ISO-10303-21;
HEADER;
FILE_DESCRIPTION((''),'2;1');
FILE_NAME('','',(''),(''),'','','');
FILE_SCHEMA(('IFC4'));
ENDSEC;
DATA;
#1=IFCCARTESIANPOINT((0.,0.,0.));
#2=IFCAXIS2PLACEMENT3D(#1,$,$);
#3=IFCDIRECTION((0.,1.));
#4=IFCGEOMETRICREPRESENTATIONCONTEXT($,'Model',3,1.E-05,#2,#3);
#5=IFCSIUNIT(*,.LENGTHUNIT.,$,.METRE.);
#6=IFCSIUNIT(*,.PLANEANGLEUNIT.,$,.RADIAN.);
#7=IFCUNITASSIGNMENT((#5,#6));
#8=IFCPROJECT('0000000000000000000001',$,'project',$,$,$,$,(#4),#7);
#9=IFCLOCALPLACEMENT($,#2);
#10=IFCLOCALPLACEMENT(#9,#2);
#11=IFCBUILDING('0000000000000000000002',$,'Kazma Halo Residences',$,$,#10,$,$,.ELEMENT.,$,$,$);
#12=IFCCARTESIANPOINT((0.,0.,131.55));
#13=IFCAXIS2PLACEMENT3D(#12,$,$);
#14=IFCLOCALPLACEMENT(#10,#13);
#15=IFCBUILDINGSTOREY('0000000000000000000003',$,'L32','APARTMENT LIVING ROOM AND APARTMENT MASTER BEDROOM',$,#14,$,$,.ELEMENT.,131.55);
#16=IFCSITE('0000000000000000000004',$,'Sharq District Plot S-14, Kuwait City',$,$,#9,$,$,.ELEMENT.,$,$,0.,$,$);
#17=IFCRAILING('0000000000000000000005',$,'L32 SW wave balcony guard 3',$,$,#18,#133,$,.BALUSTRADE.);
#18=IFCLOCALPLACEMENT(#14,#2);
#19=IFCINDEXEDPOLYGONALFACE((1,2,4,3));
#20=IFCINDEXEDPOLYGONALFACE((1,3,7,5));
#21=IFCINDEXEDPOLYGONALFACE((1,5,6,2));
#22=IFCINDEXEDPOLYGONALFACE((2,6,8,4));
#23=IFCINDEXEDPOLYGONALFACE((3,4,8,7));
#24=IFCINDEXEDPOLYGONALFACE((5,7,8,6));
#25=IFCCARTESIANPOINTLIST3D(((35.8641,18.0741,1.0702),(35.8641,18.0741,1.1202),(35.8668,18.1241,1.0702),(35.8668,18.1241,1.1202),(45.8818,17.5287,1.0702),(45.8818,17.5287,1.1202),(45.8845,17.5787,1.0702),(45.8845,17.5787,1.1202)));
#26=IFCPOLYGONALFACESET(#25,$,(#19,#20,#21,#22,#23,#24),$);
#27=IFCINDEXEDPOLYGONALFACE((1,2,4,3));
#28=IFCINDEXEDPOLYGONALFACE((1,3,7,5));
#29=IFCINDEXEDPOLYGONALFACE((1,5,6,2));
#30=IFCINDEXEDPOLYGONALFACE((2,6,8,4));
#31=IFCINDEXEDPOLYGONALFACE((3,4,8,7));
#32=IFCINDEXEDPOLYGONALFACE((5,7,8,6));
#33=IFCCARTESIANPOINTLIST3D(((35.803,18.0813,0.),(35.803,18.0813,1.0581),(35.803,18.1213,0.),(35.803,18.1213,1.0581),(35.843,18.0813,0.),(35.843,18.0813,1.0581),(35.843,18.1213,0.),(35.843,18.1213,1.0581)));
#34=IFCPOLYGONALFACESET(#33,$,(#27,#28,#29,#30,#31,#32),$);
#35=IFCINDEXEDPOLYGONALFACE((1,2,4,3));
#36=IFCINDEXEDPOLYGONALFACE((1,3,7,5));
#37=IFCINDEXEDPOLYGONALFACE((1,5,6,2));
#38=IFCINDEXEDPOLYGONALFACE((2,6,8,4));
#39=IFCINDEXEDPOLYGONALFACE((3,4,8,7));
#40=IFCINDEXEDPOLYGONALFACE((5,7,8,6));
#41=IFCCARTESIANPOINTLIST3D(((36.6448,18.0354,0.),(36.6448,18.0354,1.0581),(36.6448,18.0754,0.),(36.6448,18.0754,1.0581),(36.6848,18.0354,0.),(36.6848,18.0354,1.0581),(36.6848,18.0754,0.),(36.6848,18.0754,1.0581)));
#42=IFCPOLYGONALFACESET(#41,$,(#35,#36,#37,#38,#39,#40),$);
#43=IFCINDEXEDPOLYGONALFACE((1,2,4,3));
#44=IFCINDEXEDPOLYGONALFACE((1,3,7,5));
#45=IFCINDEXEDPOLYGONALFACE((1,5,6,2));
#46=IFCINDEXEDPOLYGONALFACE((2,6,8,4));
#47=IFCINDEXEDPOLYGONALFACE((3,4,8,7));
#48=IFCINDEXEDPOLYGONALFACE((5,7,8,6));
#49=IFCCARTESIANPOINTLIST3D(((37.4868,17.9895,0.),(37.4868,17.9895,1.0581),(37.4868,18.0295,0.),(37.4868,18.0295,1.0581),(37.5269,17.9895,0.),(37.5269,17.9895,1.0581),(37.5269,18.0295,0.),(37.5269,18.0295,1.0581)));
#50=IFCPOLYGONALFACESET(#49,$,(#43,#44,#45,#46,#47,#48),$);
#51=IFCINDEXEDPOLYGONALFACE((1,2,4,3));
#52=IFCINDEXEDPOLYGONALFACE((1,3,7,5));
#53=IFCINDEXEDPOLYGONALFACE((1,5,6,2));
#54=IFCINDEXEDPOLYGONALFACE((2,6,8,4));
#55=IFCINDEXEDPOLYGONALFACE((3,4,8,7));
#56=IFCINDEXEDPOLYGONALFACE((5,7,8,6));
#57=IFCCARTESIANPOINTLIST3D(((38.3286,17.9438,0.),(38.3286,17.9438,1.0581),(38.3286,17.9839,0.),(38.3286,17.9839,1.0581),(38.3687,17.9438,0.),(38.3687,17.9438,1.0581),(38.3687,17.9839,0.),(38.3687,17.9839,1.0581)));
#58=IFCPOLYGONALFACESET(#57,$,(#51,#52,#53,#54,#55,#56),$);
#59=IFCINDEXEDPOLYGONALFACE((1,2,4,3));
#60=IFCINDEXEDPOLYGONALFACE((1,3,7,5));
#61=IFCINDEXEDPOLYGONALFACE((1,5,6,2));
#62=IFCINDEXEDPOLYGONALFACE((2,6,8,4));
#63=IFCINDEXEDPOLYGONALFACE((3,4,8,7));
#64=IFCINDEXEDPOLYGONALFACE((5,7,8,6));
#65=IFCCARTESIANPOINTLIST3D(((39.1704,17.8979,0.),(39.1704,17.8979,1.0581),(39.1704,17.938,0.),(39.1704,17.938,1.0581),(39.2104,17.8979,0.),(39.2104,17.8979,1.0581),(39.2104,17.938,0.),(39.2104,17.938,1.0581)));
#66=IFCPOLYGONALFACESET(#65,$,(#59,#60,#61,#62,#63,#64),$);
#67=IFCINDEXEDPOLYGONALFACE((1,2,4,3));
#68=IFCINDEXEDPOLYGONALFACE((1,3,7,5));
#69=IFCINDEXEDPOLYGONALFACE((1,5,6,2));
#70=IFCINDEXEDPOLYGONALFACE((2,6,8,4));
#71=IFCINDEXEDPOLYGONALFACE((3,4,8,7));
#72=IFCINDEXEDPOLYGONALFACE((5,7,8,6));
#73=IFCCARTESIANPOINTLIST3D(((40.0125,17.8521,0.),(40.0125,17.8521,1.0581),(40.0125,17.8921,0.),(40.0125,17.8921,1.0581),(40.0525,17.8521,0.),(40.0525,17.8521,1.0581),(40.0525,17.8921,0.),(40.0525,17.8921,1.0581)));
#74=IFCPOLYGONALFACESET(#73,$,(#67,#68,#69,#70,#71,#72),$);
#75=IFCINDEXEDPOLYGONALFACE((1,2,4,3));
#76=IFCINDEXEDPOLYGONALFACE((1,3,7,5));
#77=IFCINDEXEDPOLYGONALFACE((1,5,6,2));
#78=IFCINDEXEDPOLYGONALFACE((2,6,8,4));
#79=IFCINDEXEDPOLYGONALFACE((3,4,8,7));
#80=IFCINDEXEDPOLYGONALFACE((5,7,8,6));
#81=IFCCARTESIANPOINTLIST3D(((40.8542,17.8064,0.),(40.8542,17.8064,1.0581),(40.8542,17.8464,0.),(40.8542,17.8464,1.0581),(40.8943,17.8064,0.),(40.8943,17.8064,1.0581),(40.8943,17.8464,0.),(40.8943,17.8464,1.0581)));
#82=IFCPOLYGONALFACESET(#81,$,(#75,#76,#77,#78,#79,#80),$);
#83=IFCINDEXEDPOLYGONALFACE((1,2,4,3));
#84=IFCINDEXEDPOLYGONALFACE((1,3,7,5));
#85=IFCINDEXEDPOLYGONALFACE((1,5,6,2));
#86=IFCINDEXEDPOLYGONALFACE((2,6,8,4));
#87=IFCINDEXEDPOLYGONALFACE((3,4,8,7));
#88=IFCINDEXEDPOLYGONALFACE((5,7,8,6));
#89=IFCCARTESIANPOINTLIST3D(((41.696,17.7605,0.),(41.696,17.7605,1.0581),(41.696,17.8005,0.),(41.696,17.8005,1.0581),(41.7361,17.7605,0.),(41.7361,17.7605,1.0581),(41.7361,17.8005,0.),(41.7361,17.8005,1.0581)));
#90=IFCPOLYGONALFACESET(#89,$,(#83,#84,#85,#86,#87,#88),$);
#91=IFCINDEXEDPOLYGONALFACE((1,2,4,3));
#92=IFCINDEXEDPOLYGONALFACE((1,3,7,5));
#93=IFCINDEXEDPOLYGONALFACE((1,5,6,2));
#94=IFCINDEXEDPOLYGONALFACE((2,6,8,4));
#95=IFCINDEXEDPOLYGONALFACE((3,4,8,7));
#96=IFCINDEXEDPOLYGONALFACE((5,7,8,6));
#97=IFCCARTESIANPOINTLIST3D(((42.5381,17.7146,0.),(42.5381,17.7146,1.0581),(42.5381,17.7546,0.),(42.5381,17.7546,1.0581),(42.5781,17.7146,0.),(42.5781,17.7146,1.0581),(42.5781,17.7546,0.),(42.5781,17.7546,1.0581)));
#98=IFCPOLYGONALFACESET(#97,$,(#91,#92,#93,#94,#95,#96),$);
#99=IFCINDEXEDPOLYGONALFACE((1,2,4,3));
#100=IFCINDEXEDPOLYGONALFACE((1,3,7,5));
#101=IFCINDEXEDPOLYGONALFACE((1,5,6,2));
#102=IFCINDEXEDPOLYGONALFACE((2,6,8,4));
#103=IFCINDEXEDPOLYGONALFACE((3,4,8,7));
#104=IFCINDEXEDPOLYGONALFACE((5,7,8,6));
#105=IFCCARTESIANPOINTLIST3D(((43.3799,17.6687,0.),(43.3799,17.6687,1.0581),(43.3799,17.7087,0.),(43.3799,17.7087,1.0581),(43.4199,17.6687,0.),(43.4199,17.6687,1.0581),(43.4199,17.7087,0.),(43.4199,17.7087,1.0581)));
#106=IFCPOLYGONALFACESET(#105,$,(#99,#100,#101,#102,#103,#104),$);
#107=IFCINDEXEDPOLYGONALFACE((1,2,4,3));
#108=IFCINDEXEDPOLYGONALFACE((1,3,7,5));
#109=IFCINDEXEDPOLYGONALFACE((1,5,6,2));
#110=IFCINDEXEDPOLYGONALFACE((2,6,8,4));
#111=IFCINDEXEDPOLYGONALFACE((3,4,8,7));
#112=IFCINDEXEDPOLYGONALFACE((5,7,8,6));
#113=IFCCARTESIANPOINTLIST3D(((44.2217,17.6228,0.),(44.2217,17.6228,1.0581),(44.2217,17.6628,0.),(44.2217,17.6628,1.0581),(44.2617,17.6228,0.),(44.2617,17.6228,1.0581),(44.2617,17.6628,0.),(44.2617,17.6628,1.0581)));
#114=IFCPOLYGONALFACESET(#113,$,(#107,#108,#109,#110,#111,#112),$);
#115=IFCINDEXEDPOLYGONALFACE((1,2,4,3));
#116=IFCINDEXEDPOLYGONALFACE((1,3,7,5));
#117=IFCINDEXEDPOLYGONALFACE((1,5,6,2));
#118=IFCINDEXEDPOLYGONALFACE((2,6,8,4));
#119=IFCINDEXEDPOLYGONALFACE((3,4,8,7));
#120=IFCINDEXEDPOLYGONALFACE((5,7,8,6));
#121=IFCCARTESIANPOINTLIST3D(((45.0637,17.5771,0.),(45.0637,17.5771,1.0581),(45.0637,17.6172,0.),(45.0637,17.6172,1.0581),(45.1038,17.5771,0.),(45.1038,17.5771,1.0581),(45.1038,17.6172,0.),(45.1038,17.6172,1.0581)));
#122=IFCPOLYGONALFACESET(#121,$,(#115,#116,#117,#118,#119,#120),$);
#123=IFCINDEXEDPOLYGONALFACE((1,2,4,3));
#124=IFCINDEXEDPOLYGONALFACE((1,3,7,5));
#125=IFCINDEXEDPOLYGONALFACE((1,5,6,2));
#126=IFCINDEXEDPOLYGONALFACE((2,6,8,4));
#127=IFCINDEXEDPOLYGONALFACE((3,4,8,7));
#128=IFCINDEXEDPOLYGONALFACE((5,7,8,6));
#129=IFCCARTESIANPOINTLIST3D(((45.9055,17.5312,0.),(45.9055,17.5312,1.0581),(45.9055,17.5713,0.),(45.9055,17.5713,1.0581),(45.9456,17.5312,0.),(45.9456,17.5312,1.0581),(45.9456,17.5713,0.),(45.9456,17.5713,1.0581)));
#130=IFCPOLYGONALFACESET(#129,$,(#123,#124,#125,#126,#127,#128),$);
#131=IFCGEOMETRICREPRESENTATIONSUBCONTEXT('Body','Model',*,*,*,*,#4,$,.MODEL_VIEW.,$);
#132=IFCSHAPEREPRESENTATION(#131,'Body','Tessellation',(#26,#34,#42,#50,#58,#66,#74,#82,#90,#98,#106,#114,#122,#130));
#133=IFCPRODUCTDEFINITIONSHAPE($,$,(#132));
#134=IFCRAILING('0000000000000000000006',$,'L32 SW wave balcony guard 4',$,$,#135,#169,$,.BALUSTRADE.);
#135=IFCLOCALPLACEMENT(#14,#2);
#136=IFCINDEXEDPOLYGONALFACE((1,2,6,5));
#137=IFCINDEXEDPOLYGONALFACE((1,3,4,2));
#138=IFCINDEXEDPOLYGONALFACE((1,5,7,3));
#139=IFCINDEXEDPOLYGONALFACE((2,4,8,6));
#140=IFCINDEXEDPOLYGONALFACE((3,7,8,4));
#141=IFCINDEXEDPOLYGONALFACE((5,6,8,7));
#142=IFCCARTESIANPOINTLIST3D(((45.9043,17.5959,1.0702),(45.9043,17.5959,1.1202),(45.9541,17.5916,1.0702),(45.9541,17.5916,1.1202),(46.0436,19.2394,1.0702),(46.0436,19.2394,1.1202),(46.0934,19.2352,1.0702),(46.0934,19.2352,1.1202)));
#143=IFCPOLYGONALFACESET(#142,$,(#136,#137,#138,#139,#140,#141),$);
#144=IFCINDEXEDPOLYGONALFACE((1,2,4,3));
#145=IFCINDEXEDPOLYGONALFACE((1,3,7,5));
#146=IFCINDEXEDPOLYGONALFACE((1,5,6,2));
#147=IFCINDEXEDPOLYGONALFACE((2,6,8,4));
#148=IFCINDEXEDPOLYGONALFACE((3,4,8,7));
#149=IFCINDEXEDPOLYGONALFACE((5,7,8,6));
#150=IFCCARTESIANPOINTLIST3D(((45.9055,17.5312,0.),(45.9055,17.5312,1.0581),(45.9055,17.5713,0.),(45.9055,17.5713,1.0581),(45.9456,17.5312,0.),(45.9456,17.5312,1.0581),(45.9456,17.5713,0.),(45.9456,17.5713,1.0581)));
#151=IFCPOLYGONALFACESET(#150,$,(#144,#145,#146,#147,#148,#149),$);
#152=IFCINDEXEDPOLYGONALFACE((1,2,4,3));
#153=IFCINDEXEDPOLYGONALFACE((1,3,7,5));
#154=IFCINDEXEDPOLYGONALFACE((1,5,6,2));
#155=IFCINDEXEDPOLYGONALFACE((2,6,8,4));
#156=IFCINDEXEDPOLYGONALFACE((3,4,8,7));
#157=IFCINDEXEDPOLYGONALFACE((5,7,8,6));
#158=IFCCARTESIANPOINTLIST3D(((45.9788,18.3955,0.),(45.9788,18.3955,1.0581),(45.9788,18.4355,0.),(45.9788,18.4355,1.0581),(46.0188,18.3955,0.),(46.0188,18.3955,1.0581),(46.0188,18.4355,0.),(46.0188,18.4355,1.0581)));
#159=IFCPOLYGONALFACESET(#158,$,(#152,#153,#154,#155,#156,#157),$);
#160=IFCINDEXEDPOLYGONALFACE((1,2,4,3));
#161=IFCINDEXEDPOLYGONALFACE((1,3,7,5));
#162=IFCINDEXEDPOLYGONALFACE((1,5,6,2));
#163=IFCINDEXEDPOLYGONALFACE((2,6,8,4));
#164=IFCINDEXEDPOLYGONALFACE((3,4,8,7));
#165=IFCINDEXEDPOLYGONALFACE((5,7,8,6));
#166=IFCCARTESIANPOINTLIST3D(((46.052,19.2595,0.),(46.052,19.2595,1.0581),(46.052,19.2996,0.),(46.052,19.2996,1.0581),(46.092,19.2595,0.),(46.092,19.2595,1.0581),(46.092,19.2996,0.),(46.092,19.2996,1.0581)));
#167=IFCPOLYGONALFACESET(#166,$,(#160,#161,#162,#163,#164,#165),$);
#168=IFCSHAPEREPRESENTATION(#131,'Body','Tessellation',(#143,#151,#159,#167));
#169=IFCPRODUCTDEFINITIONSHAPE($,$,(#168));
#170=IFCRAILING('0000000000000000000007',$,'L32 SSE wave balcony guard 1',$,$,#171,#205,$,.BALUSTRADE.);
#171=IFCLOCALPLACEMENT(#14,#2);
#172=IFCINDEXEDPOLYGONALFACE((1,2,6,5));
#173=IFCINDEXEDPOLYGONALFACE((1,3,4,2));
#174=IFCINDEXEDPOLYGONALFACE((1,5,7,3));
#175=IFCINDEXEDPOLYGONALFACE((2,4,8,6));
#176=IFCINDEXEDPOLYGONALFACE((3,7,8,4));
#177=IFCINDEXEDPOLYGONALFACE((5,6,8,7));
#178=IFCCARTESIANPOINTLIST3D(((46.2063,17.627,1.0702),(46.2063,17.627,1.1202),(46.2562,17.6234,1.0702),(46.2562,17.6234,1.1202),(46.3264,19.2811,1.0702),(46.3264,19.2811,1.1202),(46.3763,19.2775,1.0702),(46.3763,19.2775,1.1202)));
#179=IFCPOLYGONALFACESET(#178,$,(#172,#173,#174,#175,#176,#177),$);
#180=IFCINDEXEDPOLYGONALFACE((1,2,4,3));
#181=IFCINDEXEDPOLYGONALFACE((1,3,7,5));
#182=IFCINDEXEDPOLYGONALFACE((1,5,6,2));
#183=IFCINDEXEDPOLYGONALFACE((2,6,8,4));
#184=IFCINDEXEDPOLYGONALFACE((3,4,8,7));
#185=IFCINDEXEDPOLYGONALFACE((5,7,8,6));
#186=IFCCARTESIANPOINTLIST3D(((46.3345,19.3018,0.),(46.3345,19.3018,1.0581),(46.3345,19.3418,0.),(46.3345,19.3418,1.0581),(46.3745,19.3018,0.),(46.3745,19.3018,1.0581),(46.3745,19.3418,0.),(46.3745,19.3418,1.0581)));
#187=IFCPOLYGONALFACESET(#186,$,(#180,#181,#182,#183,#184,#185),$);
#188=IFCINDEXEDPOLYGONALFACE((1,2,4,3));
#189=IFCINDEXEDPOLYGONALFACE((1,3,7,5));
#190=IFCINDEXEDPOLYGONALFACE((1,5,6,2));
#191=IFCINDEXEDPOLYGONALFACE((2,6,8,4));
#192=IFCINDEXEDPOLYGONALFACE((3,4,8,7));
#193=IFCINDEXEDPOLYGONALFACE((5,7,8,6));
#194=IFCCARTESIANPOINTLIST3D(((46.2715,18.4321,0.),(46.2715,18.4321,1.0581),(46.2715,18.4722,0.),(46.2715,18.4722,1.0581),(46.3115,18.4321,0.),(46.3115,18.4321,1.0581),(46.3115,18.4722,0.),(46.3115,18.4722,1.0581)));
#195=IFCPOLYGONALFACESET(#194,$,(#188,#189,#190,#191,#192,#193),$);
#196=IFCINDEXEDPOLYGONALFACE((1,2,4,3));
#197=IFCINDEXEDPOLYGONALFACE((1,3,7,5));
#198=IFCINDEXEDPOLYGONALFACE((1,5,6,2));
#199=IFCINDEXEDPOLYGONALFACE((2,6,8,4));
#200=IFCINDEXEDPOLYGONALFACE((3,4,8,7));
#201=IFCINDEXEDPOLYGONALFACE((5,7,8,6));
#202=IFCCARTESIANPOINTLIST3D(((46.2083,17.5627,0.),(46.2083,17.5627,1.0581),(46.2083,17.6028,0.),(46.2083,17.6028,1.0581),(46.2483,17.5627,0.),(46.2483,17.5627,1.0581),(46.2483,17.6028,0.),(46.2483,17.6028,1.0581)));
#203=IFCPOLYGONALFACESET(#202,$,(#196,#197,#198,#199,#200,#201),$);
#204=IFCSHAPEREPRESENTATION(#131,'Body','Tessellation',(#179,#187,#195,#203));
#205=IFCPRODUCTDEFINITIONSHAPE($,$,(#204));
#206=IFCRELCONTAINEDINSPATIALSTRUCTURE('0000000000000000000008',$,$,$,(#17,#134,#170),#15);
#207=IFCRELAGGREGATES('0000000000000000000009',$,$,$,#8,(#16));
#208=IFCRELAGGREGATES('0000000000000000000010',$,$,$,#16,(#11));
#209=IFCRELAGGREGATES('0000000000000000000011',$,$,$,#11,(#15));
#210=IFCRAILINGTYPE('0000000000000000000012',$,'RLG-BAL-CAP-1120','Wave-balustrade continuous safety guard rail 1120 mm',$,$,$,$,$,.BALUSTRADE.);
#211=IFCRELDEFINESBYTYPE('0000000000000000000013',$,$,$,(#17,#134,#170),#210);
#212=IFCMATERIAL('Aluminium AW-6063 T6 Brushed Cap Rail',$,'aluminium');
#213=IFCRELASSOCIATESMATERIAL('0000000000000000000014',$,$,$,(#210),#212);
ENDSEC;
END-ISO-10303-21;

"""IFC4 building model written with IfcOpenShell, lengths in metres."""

from ifc_helpers import new_model, si_unit, direction, frame, origin, origin_2d, place, context, subcontext, project, spatial, rectangle, extrude, material, type_object, element, save


model = new_model("IFC4")

# Units and contexts
model_context = context("Model", 3, precision=1e-05, world=origin(), true_north=direction((0.0, 1.0)))
body_context = subcontext(model_context, "Body", "Model", "MODEL_VIEW")
ifc_project = project(units=[si_unit("LENGTHUNIT", "METRE"), si_unit("PLANEANGLEUNIT", "RADIAN")], contexts=[model_context])

# Site, building, storey
site_placement = place(None, origin())
site = spatial("IfcSite", under=ifc_project, at=site_placement, Name="Sharq District Plot S-14, Kuwait City", CompositionType="ELEMENT", RefElevation=0.0)
building_placement = place(site_placement, origin())
building = spatial("IfcBuilding", under=site, at=building_placement, Name="Kazma Halo Residences", CompositionType="ELEMENT")
storey_placement = place(building_placement, frame((0.0, 0.0, 131.55)))
storey = spatial("IfcBuildingStorey", under=building, at=storey_placement, Name="L32", Description="APARTMENT LIVING ROOM AND APARTMENT MASTER BEDROOM", CompositionType="ELEMENT", Elevation=131.55)

# Railings
ifc_material_1 = material(Name="Aluminium AW-6063 T6 Brushed Cap Rail", Category="aluminium")
railing_type = type_object("IfcRailingType", Name="RLG-BAL-CAP-1120", Description="Wave-balustrade continuous safety guard rail 1120 mm", PredefinedType="BALUSTRADE", material=ifc_material_1)
railing_1_placement = place(storey_placement, frame((35.823, 18.1013, 0.0)))
element("IfcRailing", 1, at=railing_1_placement, inside=storey, type_object=railing_type, Name="L32 SW wave balcony guard 3", PredefinedType="BALUSTRADE", context=body_context, shape_type="SweptSolid", body=[
    extrude(rectangle(XDim=0.05, YDim=0.05, at=origin_2d()), frame((0.0425, -0.0022, 1.0952), z_axis=(0.998521, -0.054366, 0.0), x_axis=(0.054366, 0.998521, 0.0)), (0.0, 0.0, 1.0), 10.0325),
    extrude(rectangle(XDim=0.04, YDim=0.04, at=origin_2d()), origin(), (0.0, 0.0, 1.0), 1.0581),
    extrude(rectangle(XDim=0.04, YDim=0.04, at=origin_2d()), frame((0.8418, -0.0459, 0.0)), (0.0, 0.0, 1.0), 1.0581),
    extrude(rectangle(XDim=0.04, YDim=0.04, at=origin_2d()), frame((1.6838, -0.0918, 0.0)), (0.0, 0.0, 1.0), 1.0581),
    extrude(rectangle(XDim=0.04, YDim=0.04, at=origin_2d()), frame((2.5256, -0.1375, 0.0)), (0.0, 0.0, 1.0), 1.0581),
    extrude(rectangle(XDim=0.04, YDim=0.04, at=origin_2d()), frame((3.3674, -0.1833, 0.0)), (0.0, 0.0, 1.0), 1.0581),
    extrude(rectangle(XDim=0.04, YDim=0.04, at=origin_2d()), frame((4.2095, -0.2292, 0.0)), (0.0, 0.0, 1.0), 1.0581),
    extrude(rectangle(XDim=0.04, YDim=0.04, at=origin_2d()), frame((5.0513, -0.2749, 0.0)), (0.0, 0.0, 1.0), 1.0581),
    extrude(rectangle(XDim=0.04, YDim=0.04, at=origin_2d()), frame((5.8931, -0.3208, 0.0)), (0.0, 0.0, 1.0), 1.0581),
    extrude(rectangle(XDim=0.04, YDim=0.04, at=origin_2d()), frame((6.7351, -0.3667, 0.0)), (0.0, 0.0, 1.0), 1.0581),
    extrude(rectangle(XDim=0.04, YDim=0.04, at=origin_2d()), frame((7.5769, -0.4126, 0.0)), (0.0, 0.0, 1.0), 1.0581),
    extrude(rectangle(XDim=0.04, YDim=0.04, at=origin_2d()), frame((8.4187, -0.4585, 0.0)), (0.0, 0.0, 1.0), 1.0581),
    extrude(rectangle(XDim=0.04, YDim=0.04, at=origin_2d()), frame((9.2607, -0.5042, 0.0)), (0.0, 0.0, 1.0), 1.0581),
    extrude(rectangle(XDim=0.04, YDim=0.04, at=origin_2d()), frame((10.1025, -0.55, 0.0)), (0.0, 0.0, 1.0), 1.0581),
])
railing_2_placement = place(storey_placement, frame((45.9255, 17.5513, 0.0)))
element("IfcRailing", 2, at=railing_2_placement, inside=storey, type_object=railing_type, Name="L32 SW wave balcony guard 4", PredefinedType="BALUSTRADE", context=body_context, shape_type="SweptSolid", body=[
    extrude(rectangle(XDim=0.05, YDim=0.05, at=origin_2d()), frame((0.0037, 0.0425, 1.0952), z_axis=(0.084455, 0.996427, 0.0), x_axis=(-0.996427, 0.084455, 0.0)), (0.0, 0.0, 1.0), 1.6494),
    extrude(rectangle(XDim=0.04, YDim=0.04, at=origin_2d()), origin(), (0.0, 0.0, 1.0), 1.0581),
    extrude(rectangle(XDim=0.04, YDim=0.04, at=origin_2d()), frame((0.0732, 0.8643, 0.0)), (0.0, 0.0, 1.0), 1.0581),
    extrude(rectangle(XDim=0.04, YDim=0.04, at=origin_2d()), frame((0.1465, 1.7283, 0.0)), (0.0, 0.0, 1.0), 1.0581),
])
railing_3_placement = place(storey_placement, frame((46.3545, 19.3218, 0.0)))
element("IfcRailing", 3, at=railing_3_placement, inside=storey, type_object=railing_type, Name="L32 SSE wave balcony guard 1", PredefinedType="BALUSTRADE", context=body_context, shape_type="SweptSolid", body=[
    extrude(rectangle(XDim=0.05, YDim=0.05, at=origin_2d()), frame((-0.0032, -0.0425, 1.0952), z_axis=(-0.072391, -0.997376, 0.0), x_axis=(0.997376, -0.072391, 0.0)), (0.0, 0.0, 1.0), 1.6584),
    extrude(rectangle(XDim=0.04, YDim=0.04, at=origin_2d()), origin(), (0.0, 0.0, 1.0), 1.0581),
    extrude(rectangle(XDim=0.04, YDim=0.04, at=origin_2d()), frame((-0.063, -0.8696, 0.0)), (0.0, 0.0, 1.0), 1.0581),
    extrude(rectangle(XDim=0.04, YDim=0.04, at=origin_2d()), frame((-0.1262, -1.739, 0.0)), (0.0, 0.0, 1.0), 1.0581),
])

save(model, "model.ifc")
